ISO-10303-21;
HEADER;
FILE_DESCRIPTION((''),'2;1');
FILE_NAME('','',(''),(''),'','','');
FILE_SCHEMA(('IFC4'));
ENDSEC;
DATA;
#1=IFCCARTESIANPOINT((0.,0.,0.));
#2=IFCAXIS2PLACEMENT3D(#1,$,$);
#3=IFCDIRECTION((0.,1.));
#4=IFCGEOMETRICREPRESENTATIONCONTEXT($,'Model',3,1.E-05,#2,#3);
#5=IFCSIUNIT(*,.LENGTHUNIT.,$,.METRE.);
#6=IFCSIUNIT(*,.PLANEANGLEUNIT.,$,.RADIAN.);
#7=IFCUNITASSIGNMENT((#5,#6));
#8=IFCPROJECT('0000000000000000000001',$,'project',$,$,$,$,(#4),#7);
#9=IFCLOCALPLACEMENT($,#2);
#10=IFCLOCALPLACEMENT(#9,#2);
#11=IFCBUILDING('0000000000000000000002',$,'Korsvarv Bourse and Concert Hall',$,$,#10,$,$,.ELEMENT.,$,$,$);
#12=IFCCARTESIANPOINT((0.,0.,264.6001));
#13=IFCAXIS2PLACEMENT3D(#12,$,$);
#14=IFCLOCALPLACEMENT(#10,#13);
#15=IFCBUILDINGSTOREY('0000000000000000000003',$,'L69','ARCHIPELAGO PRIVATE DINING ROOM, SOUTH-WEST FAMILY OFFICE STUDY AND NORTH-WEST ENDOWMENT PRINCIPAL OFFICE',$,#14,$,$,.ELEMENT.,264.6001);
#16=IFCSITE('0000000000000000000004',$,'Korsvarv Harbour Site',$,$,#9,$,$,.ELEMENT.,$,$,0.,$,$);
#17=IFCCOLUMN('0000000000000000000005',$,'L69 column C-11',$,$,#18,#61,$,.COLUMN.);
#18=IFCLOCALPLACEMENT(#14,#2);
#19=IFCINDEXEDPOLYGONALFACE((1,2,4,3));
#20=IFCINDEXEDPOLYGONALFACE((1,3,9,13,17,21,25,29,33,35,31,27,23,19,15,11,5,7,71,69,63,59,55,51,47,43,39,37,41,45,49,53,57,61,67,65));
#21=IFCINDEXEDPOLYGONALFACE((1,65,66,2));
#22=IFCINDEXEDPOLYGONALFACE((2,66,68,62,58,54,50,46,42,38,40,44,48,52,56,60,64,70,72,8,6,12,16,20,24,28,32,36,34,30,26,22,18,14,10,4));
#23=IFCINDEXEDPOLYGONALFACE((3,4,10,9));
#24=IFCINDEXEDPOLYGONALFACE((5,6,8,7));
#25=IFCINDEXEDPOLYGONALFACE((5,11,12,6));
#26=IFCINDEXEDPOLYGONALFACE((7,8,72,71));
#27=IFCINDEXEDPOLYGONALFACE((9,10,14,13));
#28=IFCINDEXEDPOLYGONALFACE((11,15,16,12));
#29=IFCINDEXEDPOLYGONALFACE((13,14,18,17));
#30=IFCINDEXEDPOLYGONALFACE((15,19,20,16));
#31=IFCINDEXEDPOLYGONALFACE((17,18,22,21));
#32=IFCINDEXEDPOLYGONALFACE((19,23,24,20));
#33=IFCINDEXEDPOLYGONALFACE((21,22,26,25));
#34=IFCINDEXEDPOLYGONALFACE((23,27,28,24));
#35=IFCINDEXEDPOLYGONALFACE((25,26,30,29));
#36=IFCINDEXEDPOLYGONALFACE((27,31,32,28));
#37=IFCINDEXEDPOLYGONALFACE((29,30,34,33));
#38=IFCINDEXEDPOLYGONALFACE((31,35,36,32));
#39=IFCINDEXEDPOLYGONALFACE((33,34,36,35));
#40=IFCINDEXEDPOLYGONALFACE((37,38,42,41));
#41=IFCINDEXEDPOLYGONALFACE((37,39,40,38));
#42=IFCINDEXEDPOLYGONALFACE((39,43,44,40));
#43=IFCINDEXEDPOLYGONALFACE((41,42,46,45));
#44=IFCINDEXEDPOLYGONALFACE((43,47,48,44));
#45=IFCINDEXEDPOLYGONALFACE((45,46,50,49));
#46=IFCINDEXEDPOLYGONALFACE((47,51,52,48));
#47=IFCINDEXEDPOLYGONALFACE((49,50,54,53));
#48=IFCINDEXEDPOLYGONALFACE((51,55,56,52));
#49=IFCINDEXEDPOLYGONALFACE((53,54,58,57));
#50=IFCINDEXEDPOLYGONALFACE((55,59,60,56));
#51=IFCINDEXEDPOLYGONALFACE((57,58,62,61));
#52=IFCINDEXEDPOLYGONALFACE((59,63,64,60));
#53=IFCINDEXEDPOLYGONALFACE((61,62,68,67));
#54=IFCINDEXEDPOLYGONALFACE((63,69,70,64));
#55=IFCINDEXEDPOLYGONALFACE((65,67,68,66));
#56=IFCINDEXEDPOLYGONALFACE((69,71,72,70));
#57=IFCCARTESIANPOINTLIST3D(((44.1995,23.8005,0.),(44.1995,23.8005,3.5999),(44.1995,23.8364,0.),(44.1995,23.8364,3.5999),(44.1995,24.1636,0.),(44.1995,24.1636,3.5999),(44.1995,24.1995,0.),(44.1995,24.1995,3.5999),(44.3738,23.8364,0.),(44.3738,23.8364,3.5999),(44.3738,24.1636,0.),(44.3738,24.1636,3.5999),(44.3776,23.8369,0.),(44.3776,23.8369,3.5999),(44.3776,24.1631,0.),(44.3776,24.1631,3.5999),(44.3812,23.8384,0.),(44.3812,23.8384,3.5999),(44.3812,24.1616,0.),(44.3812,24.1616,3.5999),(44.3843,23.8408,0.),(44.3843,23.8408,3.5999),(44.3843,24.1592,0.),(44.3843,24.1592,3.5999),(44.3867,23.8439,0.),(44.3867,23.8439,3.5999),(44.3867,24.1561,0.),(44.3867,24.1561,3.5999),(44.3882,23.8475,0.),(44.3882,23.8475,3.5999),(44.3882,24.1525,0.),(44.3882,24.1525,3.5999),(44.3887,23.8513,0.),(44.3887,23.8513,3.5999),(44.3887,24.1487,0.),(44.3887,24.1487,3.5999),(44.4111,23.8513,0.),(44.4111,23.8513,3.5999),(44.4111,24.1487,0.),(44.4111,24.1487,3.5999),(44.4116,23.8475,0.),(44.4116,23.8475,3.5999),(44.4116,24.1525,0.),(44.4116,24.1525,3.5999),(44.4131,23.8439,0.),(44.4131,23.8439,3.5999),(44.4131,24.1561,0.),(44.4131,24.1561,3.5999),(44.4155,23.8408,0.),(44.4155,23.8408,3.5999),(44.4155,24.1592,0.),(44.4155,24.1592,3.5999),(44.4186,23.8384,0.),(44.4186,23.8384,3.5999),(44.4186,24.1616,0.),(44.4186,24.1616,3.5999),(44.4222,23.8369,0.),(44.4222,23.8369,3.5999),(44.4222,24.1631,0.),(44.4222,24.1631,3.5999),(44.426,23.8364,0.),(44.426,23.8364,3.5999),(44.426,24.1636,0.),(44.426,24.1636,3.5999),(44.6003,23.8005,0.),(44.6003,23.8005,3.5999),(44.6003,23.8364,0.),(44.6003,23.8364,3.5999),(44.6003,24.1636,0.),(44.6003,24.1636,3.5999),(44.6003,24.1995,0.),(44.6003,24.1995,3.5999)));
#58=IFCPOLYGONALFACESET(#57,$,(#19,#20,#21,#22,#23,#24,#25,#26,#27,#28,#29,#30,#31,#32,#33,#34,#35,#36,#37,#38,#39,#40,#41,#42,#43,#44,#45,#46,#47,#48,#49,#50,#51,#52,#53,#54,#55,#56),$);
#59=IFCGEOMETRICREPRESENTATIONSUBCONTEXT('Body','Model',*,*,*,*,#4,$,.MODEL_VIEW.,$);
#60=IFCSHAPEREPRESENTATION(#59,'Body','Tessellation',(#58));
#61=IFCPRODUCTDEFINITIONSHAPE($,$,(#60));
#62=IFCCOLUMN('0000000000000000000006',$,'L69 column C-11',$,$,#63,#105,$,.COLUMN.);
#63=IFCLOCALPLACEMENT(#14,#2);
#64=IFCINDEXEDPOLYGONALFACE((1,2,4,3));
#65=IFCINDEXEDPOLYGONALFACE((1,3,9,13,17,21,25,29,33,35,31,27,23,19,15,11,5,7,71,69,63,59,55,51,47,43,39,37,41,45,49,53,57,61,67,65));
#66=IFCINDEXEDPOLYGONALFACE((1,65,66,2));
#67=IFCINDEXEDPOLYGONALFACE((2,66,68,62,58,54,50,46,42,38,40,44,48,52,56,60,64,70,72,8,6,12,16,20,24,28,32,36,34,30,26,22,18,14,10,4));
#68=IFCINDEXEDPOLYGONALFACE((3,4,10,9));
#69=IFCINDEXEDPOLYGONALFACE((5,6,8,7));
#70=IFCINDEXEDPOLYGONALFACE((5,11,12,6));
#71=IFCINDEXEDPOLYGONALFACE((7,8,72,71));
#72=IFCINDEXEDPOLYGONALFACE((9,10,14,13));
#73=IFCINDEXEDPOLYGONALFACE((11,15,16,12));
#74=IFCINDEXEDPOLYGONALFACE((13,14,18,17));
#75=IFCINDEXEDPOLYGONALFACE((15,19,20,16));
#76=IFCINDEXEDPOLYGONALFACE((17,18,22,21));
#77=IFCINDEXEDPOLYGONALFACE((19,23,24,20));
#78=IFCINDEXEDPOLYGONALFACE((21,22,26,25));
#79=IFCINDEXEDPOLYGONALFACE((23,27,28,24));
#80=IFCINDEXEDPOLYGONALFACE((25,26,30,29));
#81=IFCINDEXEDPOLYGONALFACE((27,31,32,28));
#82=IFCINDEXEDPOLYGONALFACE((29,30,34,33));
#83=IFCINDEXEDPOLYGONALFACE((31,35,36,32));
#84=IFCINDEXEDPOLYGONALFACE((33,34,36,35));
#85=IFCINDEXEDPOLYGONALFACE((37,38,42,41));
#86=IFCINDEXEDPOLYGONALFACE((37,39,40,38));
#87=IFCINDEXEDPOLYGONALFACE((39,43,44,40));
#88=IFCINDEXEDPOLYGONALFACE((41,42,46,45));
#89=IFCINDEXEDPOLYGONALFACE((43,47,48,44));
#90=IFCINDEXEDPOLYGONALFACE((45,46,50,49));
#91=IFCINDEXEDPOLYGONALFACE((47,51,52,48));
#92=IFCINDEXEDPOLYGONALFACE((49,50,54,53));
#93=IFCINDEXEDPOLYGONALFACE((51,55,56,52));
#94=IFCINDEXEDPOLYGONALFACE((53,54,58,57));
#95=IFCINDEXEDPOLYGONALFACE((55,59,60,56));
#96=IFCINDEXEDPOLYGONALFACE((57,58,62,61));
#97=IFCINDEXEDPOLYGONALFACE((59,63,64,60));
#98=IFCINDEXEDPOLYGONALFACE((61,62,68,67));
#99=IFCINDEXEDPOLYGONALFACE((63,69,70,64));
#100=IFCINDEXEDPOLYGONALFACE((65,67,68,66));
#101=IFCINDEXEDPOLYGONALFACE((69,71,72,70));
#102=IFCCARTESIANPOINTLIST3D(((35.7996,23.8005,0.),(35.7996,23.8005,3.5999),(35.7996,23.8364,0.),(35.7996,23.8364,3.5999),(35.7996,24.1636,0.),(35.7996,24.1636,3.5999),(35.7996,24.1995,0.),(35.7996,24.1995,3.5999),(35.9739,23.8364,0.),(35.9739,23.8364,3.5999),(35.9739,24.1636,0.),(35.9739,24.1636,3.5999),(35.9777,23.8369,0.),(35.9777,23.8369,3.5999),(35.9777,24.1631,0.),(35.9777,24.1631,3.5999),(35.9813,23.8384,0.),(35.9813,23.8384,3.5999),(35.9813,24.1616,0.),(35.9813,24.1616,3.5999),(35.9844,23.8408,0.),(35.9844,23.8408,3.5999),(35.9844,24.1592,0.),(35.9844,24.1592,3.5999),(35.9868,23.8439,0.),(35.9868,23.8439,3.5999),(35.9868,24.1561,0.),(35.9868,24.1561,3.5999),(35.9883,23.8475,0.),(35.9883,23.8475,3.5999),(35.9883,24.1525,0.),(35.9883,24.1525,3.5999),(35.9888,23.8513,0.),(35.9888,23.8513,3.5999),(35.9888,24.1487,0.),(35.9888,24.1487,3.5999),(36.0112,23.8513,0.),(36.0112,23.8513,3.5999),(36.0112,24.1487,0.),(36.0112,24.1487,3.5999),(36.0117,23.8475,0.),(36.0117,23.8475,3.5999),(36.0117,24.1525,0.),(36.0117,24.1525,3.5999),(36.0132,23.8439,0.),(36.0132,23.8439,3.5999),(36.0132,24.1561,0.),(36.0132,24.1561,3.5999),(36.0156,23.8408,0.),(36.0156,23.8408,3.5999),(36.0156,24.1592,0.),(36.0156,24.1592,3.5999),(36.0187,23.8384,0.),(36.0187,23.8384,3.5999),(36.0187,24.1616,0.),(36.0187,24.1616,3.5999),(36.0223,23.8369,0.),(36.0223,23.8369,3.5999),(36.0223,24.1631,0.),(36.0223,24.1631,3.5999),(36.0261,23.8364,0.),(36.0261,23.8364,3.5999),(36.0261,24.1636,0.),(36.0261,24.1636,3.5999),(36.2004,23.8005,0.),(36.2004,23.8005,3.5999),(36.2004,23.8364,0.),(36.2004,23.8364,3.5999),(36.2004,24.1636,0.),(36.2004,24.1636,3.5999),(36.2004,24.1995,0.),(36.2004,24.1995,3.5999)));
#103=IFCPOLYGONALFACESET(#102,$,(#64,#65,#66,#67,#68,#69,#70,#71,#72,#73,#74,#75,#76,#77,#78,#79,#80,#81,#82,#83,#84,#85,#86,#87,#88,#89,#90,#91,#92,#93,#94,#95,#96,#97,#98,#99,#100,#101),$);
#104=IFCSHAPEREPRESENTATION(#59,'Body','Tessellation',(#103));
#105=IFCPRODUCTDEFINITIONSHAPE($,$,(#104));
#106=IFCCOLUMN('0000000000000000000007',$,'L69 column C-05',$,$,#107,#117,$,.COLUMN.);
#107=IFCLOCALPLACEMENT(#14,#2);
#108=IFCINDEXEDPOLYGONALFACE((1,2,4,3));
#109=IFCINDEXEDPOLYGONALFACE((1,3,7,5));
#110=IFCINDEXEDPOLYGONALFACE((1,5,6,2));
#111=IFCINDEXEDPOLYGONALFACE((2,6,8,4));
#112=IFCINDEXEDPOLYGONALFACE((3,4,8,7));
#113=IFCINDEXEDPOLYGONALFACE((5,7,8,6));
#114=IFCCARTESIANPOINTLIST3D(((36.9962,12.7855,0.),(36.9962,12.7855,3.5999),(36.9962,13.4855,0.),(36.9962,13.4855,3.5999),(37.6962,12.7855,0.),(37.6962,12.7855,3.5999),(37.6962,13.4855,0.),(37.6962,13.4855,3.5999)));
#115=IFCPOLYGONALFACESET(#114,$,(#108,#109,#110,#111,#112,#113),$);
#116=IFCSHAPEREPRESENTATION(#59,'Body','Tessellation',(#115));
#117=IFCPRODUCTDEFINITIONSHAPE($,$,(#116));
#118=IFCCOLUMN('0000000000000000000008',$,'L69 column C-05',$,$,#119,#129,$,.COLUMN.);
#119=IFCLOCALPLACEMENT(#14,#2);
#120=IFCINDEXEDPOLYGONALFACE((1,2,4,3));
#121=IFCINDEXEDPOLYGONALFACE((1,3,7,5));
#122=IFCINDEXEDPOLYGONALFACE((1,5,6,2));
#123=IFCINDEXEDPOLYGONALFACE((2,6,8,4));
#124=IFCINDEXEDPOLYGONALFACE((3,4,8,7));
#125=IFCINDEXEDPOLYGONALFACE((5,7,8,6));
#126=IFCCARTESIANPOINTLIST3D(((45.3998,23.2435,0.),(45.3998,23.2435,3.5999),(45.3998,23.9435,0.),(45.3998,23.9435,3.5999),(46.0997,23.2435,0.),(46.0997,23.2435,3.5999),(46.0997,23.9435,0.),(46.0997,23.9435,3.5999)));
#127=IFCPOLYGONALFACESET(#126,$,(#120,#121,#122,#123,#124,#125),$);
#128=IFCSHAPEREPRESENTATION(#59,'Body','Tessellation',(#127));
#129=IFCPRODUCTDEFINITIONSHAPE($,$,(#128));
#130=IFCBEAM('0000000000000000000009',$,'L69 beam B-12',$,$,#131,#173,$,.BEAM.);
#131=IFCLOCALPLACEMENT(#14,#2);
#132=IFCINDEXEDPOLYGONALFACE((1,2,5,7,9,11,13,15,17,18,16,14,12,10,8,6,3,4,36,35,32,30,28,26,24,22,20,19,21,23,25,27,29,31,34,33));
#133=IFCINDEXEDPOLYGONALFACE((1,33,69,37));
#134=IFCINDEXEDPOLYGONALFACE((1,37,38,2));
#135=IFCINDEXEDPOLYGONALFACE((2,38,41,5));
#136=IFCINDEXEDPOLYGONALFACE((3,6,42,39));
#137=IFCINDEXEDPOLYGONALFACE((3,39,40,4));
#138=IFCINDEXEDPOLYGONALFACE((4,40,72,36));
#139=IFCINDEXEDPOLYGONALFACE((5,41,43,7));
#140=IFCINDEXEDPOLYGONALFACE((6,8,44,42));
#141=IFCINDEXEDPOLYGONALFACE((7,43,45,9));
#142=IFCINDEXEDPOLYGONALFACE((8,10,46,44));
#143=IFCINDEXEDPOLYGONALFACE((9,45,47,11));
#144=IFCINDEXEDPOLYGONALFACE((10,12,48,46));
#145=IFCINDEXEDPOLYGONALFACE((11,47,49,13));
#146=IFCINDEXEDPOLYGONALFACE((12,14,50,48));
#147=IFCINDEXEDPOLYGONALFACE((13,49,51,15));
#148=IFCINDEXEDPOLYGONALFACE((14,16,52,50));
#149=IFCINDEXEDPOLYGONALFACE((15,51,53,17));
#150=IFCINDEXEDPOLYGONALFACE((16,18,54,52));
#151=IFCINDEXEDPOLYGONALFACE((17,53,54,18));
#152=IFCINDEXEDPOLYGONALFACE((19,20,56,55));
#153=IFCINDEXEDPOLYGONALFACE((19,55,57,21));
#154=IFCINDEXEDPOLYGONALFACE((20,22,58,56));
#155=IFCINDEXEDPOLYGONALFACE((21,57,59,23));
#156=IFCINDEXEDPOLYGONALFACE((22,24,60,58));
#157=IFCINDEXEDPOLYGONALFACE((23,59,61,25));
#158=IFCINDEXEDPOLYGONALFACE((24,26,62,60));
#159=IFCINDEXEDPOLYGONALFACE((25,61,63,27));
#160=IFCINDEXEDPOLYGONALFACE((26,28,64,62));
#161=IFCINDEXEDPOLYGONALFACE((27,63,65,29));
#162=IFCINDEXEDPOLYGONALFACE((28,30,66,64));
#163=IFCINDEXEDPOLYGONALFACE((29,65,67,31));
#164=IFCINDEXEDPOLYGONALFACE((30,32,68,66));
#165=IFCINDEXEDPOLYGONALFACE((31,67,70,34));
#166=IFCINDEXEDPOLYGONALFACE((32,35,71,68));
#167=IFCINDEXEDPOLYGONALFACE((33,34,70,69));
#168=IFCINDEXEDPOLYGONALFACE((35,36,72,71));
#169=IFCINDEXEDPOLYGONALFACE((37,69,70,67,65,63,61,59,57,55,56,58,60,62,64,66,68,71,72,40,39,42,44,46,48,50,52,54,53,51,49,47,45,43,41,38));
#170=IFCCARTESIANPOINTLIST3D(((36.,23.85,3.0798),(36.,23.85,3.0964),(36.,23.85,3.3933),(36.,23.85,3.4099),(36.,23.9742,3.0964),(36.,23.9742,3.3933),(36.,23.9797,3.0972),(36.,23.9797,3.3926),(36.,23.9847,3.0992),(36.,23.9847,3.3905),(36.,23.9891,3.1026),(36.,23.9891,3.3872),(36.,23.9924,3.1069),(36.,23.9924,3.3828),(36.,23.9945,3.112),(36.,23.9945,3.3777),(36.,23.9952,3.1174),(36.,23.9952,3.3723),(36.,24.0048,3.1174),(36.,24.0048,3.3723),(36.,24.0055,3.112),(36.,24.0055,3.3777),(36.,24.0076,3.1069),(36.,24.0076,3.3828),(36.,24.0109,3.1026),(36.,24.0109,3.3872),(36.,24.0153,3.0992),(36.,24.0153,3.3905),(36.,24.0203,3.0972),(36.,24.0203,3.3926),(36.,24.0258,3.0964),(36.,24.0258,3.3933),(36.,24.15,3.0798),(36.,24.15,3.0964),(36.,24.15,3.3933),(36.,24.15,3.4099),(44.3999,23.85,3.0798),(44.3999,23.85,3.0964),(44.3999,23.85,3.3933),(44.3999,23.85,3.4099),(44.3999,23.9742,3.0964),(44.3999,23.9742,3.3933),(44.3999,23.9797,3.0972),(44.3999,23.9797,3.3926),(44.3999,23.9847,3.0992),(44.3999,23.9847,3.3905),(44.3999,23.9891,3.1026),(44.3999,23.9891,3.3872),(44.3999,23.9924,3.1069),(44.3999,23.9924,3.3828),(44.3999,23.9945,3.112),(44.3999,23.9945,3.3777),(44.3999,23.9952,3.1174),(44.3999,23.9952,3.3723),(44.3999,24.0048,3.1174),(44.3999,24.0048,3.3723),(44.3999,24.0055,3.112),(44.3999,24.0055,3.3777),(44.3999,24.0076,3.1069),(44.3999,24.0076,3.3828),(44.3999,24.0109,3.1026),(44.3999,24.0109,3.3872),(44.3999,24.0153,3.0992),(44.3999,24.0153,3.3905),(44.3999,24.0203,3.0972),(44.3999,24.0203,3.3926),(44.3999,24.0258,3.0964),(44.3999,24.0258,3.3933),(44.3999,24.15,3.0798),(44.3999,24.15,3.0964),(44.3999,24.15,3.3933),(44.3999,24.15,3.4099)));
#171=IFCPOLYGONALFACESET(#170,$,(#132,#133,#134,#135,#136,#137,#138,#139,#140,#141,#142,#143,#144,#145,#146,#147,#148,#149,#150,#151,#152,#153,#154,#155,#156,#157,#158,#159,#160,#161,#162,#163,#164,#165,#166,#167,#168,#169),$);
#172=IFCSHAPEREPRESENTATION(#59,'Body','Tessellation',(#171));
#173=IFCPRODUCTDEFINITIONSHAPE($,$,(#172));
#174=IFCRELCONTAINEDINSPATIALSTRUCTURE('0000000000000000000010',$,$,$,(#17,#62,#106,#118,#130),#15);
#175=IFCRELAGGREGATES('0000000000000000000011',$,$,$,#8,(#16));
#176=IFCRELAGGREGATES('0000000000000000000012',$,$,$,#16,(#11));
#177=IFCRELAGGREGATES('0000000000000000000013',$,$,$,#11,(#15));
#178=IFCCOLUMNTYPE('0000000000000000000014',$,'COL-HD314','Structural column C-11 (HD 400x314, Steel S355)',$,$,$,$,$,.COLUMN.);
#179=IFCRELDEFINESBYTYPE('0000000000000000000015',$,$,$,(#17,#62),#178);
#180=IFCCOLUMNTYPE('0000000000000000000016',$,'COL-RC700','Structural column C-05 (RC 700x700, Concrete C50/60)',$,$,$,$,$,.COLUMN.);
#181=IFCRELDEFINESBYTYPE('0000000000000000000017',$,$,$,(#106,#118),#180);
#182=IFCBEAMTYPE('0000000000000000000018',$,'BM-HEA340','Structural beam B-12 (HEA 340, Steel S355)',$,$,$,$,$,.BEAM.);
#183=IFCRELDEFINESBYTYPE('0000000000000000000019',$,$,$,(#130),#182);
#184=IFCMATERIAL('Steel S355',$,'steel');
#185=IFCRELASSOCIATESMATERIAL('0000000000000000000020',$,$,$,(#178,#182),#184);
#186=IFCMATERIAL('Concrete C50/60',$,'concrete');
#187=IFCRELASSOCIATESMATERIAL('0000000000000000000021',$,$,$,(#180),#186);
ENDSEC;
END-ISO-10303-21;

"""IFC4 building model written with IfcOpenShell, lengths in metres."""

from ifc_helpers import new_model, si_unit, direction, frame, origin, origin_2d, place, context, subcontext, project, spatial, rectangle, i_section, extrude, source, transform, mapped, material, material_profile, profile_set, type_object, element, save


model = new_model("IFC4")

# Units and contexts
model_context = context("Model", 3, precision=1e-05, world=origin(), true_north=direction((0.0, 1.0)))
body_context = subcontext(model_context, "Body", "Model", "MODEL_VIEW")
ifc_project = project(units=[si_unit("LENGTHUNIT", "METRE"), si_unit("PLANEANGLEUNIT", "RADIAN")], contexts=[model_context])

# Site, building, storey
site_placement = place(None, origin())
site = spatial("IfcSite", under=ifc_project, at=site_placement, Name="Korsvarv Harbour Site", CompositionType="ELEMENT", RefElevation=0.0)
building_placement = place(site_placement, origin())
building = spatial("IfcBuilding", under=site, at=building_placement, Name="Korsvarv Bourse and Concert Hall", CompositionType="ELEMENT")
storey_placement = place(building_placement, frame((0.0, 0.0, 264.6001)))
storey = spatial("IfcBuildingStorey", under=building, at=storey_placement, Name="L69", Description="ARCHIPELAGO PRIVATE DINING ROOM, SOUTH-WEST FAMILY OFFICE STUDY AND NORTH-WEST ENDOWMENT PRINCIPAL OFFICE", CompositionType="ELEMENT", Elevation=264.6001)

# Columns
ifc_material_1 = material(Name="Steel S355", Category="steel")
ifc_material_profile_1 = material_profile(ifc_material_1, i_section(OverallWidth=0.4009, OverallDepth=0.3989, WebThickness=0.0225, FlangeThickness=0.0359, FilletRadius=0.0149, at=origin_2d()), Name="HD 400x314")
ifc_profile_set_1 = profile_set([ifc_material_profile_1], Name="Steel S355")
column_type_1 = type_object("IfcColumnType", Name="COL-HD314", Description="Structural column C-11 (HD 400x314, Steel S355)", PredefinedType="COLUMN", material=ifc_profile_set_1)
shared_shape_1 = source(origin(), body_context, "Body", "SweptSolid", [
    extrude(i_section(OverallWidth=0.4009, OverallDepth=0.3989, WebThickness=0.0225, FlangeThickness=0.0359, FilletRadius=0.0149, at=origin_2d()), origin(), (0.0, 0.0, 1.0), 3.5999),
])
for number, where, z_axis, x_axis, name in (
    (1, (44.3999, 24.0, 0.0), (0.0, 0.0, 1.0), (1.0, 0.0, 0.0), "L69 column C-11"),
    (2, (36.0, 24.0, 0.0), (0.0, 0.0, 1.0), (1.0, 0.0, 0.0), "L69 column C-11"),
):
    element("IfcColumn", number, at=place(storey_placement, frame(where, z_axis=z_axis, x_axis=x_axis)), inside=storey, type_object=column_type_1, Name=name, PredefinedType="COLUMN", context=body_context, shape_type="MappedRepresentation", body=[
        mapped(shared_shape_1, transform((0.0, 0.0, 0.0), scale=1.0)),
    ])
ifc_material_2 = material(Name="Concrete C50/60", Category="concrete")
ifc_material_profile_2 = material_profile(ifc_material_2, rectangle(XDim=0.7, YDim=0.7, at=origin_2d()), Name="RC 700x700")
ifc_profile_set_2 = profile_set([ifc_material_profile_2], Name="Concrete C50/60")
column_type_2 = type_object("IfcColumnType", Name="COL-RC700", Description="Structural column C-05 (RC 700x700, Concrete C50/60)", PredefinedType="COLUMN", material=ifc_profile_set_2)
shared_shape_2 = source(origin(), body_context, "Body", "SweptSolid", [
    extrude(rectangle(XDim=0.7, YDim=0.7, at=origin_2d()), origin(), (0.0, 0.0, 1.0), 3.5999),
])
for number, where, z_axis, x_axis, name in (
    (3, (37.3462, 13.1355, 0.0), (0.0, 0.0, 1.0), (1.0, 0.0, 0.0), "L69 column C-05"),
    (4, (45.7498, 23.5935, 0.0), (0.0, 0.0, 1.0), (1.0, 0.0, 0.0), "L69 column C-05"),
):
    element("IfcColumn", number, at=place(storey_placement, frame(where, z_axis=z_axis, x_axis=x_axis)), inside=storey, type_object=column_type_2, Name=name, PredefinedType="COLUMN", context=body_context, shape_type="MappedRepresentation", body=[
        mapped(shared_shape_2, transform((0.0, 0.0, 0.0), scale=1.0)),
    ])

# Beam
ifc_material_profile_3 = material_profile(ifc_material_1, i_section(OverallWidth=0.3, OverallDepth=0.3301, WebThickness=0.0095, FlangeThickness=0.0166, FilletRadius=0.021, at=origin_2d()), Name="HEA 340")
ifc_profile_set_3 = profile_set([ifc_material_profile_3], Name="Steel S355")
beam_type_1 = type_object("IfcBeamType", Name="BM-HEA340", Description="Structural beam B-12 (HEA 340, Steel S355)", PredefinedType="BEAM", material=ifc_profile_set_3)
shared_shape_3 = source(origin(), body_context, "Body", "SweptSolid", [
    extrude(i_section(OverallWidth=0.3, OverallDepth=0.3301, WebThickness=0.0095, FlangeThickness=0.0166, FilletRadius=0.021, at=origin_2d()), origin(), (0.0, 0.0, 1.0), 8.3999),
])
for number, where, z_axis, x_axis, name in (
    (5, (36.0, 24.0, 3.2449), (1.0, 0.0, 0.0), (0.0, 1.0, 0.0), "L69 beam B-12"),
):
    element("IfcBeam", number, at=place(storey_placement, frame(where, z_axis=z_axis, x_axis=x_axis)), inside=storey, type_object=beam_type_1, Name=name, PredefinedType="BEAM", context=body_context, shape_type="MappedRepresentation", body=[
        mapped(shared_shape_3, transform((0.0, 0.0, 0.0), scale=1.0)),
    ])

save(model, "model.ifc")
